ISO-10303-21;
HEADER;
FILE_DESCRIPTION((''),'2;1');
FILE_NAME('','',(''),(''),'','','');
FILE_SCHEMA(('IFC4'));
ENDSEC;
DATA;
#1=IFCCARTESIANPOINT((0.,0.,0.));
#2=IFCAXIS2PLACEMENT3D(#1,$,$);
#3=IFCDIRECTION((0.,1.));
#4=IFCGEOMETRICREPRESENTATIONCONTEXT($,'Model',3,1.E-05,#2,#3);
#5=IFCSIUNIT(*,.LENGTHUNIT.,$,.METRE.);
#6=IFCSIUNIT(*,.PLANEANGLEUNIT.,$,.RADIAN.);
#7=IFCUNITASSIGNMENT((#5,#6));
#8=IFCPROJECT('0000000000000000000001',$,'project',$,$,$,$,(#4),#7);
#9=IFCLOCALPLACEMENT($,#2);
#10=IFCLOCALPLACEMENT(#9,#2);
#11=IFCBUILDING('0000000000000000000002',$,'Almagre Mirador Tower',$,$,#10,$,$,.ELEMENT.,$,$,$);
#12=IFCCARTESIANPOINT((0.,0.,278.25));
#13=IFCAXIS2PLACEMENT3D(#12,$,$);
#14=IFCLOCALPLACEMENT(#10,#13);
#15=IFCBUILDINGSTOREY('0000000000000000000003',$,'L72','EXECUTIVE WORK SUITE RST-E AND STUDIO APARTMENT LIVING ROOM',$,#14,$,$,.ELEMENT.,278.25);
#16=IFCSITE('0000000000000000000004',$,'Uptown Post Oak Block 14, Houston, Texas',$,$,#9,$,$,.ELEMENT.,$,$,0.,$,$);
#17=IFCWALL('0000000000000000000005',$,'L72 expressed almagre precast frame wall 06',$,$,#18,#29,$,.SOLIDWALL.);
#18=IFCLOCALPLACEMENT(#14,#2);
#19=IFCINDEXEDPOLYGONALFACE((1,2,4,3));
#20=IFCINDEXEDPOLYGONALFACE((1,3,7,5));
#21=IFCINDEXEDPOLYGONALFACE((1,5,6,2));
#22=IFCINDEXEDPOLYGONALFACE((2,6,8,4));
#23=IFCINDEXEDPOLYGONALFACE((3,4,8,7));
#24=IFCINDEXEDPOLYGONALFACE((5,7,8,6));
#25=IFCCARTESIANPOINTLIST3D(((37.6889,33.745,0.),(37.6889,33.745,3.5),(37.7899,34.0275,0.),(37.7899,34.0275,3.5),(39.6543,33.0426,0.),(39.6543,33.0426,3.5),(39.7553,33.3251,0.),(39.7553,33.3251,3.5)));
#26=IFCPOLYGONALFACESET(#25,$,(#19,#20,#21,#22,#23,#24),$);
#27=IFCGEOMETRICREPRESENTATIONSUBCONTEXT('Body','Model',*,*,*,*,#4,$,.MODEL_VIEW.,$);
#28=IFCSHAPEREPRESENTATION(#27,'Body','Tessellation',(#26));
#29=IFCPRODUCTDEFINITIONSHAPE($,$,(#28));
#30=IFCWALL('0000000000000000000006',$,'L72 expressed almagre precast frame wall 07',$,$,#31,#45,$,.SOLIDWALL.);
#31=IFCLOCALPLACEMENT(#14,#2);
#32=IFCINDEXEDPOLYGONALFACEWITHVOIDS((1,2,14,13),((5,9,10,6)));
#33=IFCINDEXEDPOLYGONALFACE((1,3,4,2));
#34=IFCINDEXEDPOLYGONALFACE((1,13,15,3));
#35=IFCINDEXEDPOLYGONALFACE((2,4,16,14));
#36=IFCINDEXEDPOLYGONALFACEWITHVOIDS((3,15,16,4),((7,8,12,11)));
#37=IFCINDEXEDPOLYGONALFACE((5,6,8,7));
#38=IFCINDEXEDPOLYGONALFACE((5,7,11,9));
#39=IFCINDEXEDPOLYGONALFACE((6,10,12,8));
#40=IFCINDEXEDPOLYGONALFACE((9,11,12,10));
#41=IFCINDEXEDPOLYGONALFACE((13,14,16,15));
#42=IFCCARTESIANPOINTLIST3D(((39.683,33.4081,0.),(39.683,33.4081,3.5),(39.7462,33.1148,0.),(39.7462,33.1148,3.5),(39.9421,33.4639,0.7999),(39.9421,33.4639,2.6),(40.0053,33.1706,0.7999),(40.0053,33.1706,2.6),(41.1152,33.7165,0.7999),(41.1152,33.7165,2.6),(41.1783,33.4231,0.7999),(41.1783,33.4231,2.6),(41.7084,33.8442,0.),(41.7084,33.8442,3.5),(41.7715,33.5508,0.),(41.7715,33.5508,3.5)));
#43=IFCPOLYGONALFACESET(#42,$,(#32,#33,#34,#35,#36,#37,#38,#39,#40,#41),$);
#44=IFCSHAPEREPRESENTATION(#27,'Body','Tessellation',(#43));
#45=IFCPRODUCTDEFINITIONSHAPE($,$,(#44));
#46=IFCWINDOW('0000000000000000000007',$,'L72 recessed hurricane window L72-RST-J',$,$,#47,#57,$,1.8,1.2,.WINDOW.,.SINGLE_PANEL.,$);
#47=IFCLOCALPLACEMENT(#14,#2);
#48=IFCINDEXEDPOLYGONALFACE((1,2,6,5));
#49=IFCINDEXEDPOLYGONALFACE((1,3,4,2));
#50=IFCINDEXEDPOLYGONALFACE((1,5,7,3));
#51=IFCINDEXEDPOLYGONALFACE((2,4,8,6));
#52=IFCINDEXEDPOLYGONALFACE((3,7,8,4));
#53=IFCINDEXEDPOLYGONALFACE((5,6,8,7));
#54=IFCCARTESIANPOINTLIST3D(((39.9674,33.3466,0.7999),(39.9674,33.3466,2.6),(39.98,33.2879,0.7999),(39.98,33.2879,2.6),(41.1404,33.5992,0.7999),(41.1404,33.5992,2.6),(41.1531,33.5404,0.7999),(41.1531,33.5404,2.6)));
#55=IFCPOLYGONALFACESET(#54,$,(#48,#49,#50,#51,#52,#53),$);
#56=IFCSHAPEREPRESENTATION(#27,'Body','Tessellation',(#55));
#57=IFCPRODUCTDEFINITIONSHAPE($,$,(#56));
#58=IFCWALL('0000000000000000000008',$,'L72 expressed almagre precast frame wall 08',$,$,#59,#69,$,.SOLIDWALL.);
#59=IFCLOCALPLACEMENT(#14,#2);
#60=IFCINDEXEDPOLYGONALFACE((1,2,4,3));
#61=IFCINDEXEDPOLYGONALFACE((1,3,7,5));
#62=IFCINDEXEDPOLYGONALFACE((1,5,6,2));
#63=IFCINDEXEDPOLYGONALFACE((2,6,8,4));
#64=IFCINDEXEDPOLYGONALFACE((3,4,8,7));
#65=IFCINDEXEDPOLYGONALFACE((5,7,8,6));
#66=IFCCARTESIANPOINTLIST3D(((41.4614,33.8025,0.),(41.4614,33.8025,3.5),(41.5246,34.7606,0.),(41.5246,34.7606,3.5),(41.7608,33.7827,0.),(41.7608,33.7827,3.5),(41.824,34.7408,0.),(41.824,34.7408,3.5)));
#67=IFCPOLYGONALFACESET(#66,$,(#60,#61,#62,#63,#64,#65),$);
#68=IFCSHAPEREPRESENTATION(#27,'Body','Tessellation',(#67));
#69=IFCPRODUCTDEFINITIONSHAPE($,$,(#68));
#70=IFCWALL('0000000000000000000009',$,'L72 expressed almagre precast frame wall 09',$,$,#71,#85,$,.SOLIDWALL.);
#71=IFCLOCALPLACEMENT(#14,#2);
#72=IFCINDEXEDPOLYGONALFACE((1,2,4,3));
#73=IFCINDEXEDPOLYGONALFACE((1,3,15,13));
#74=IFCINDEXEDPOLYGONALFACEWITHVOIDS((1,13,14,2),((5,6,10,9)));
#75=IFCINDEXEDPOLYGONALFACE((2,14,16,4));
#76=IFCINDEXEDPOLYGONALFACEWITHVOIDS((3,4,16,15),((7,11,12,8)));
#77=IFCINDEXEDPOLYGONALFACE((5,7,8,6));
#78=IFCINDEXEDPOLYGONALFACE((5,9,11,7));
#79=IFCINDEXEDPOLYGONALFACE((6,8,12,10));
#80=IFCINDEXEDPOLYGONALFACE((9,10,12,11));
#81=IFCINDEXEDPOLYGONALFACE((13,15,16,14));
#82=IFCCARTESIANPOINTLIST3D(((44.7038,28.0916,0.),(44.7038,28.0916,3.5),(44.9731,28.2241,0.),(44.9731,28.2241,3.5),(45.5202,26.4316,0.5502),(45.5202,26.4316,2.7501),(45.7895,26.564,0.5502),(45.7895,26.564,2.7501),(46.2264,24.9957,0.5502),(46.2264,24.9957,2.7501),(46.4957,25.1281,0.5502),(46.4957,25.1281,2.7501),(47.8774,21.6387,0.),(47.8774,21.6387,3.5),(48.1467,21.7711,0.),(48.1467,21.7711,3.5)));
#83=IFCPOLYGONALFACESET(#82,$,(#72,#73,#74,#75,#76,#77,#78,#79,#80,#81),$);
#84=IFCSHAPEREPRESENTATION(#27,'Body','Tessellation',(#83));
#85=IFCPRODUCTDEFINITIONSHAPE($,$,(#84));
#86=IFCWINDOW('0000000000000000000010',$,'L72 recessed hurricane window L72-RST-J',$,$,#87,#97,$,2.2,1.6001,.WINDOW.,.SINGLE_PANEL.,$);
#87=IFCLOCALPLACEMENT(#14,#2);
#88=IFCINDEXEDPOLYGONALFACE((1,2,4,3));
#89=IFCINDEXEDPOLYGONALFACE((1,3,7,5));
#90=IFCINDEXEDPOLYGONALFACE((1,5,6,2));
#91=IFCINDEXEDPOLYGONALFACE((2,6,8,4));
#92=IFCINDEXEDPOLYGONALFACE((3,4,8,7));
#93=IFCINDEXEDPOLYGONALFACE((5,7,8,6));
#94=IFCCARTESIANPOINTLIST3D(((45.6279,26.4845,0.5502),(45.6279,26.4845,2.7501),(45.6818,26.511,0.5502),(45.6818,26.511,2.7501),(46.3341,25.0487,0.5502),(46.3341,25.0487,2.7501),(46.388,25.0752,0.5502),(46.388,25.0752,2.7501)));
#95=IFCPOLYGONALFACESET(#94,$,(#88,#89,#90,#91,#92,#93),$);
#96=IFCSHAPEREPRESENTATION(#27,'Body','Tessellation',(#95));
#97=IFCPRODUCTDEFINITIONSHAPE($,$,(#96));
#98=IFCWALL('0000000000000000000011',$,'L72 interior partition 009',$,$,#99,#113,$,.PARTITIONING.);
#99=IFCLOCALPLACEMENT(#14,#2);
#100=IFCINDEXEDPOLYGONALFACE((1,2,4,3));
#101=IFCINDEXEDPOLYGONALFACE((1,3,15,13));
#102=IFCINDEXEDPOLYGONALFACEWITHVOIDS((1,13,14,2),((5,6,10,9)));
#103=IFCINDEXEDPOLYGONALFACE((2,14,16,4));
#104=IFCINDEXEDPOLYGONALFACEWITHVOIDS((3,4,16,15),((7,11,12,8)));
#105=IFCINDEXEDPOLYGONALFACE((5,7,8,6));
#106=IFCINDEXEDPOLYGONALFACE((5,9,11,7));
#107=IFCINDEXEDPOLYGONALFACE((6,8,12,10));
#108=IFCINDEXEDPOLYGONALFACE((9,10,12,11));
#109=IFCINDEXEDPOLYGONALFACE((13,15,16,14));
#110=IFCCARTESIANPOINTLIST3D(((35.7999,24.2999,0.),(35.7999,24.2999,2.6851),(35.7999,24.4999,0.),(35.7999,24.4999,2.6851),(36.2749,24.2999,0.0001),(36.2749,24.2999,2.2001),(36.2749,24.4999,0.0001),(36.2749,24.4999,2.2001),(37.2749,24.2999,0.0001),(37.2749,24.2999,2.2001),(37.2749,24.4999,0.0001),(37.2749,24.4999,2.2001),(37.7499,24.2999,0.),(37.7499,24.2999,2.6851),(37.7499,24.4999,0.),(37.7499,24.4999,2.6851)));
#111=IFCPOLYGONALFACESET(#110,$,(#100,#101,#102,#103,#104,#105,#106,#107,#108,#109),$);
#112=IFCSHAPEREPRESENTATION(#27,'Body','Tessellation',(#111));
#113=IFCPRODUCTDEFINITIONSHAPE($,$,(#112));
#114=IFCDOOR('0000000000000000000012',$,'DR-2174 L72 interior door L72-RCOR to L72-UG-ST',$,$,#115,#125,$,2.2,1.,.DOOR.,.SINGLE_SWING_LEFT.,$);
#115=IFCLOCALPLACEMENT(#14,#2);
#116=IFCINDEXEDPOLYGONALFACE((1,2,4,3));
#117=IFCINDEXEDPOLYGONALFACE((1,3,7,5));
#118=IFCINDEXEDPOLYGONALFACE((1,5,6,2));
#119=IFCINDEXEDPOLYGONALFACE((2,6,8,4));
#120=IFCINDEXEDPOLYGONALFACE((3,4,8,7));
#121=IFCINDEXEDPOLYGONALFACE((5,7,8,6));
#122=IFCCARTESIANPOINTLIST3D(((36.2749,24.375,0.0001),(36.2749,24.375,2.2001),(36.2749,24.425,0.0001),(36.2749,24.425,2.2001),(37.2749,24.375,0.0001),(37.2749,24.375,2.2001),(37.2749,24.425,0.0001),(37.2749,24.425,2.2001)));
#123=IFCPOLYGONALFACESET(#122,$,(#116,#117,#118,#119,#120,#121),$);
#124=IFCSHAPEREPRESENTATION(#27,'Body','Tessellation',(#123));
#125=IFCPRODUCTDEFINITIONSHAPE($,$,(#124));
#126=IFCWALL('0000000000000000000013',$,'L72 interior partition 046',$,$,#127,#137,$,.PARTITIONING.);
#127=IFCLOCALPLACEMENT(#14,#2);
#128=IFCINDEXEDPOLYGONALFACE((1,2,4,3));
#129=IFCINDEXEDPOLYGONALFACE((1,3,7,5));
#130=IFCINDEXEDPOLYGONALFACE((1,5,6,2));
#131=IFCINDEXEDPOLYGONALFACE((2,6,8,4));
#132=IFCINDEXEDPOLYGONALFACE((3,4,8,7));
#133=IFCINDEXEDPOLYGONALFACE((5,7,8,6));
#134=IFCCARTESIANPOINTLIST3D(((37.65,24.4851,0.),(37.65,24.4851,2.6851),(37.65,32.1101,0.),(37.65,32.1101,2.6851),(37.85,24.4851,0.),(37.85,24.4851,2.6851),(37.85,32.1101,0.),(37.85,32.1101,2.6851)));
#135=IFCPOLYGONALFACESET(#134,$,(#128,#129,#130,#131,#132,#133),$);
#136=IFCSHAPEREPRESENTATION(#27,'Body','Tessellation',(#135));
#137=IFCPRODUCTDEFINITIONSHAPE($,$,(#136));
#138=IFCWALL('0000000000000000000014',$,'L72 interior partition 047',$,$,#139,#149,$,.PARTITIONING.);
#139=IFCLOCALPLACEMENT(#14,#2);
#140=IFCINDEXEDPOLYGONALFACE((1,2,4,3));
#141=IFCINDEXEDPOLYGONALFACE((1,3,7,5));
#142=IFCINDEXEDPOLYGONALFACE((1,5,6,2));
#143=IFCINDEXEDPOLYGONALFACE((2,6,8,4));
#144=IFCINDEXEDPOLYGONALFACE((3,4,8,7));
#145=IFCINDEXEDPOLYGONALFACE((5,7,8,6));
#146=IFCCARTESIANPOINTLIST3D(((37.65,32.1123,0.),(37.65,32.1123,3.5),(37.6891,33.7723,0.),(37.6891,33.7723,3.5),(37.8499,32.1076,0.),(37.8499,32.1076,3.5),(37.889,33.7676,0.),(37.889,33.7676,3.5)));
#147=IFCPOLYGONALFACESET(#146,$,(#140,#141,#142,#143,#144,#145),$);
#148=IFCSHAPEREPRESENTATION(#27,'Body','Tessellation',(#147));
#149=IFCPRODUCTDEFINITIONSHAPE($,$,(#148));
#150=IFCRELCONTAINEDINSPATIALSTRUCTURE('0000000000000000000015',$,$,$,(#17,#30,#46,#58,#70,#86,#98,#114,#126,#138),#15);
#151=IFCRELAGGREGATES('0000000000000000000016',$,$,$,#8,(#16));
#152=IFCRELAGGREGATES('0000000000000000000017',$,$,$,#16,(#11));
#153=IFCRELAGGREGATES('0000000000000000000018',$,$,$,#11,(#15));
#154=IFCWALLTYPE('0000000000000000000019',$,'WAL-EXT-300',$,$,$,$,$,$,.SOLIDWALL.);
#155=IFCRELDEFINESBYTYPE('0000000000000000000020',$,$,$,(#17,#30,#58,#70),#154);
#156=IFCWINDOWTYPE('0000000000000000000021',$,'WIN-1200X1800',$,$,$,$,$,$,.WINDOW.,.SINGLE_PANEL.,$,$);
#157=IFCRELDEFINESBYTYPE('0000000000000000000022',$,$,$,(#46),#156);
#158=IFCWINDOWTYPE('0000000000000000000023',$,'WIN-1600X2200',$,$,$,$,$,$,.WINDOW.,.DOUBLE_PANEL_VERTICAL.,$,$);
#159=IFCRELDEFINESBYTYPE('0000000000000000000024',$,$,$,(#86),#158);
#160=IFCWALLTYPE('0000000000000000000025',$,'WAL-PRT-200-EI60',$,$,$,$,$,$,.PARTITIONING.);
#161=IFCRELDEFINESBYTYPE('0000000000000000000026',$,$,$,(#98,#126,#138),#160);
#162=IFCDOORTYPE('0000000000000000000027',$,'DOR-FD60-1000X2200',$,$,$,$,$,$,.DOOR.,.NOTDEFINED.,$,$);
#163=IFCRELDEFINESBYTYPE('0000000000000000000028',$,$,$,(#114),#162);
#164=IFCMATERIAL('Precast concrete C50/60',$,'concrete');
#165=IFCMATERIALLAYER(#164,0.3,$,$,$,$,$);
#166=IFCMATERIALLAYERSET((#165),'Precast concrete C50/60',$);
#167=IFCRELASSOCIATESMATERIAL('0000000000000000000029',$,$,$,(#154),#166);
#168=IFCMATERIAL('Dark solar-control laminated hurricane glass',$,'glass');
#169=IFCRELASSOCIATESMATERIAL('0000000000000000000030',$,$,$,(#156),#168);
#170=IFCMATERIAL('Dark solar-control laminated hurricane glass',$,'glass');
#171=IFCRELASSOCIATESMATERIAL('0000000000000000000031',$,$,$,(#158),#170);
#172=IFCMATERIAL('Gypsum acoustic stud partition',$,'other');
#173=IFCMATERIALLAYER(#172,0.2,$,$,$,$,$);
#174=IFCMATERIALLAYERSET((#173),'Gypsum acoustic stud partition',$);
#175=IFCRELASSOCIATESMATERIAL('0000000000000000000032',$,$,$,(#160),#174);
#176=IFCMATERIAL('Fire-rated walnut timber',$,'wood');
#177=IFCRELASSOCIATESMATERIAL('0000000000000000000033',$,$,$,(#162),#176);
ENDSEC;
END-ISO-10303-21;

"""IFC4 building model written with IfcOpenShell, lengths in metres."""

from ifc_helpers import new_model, si_unit, direction, frame, frame_2d, origin, place, context, subcontext, project, spatial, rectangle, extrude, material, layer, layer_set, type_object, element, fill, save


model = new_model("IFC4")

# Units and contexts
model_context = context("Model", 3, precision=1e-05, world=origin(), true_north=direction((0.0, 1.0)))
body_context = subcontext(model_context, "Body", "Model", "MODEL_VIEW")
ifc_project = project(units=[si_unit("LENGTHUNIT", "METRE"), si_unit("PLANEANGLEUNIT", "RADIAN")], contexts=[model_context])

# Site, building, storey
site_placement = place(None, origin())
site = spatial("IfcSite", under=ifc_project, at=site_placement, Name="Uptown Post Oak Block 14, Houston, Texas", CompositionType="ELEMENT", RefElevation=0.0)
building_placement = place(site_placement, origin())
building = spatial("IfcBuilding", under=site, at=building_placement, Name="Almagre Mirador Tower", CompositionType="ELEMENT")
storey_placement = place(building_placement, frame((0.0, 0.0, 278.25)))
storey = spatial("IfcBuildingStorey", under=building, at=storey_placement, Name="L72", Description="EXECUTIVE WORK SUITE RST-E AND STUDIO APARTMENT LIVING ROOM", CompositionType="ELEMENT", Elevation=278.25)

# Wall
ifc_material_1 = material(Name="Precast concrete C50/60", Category="concrete")
ifc_layer_1 = layer(ifc_material_1, 0.3)
ifc_layer_set_1 = layer_set([ifc_layer_1], Name="Precast concrete C50/60")
wall_type_1 = type_object("IfcWallType", Name="WAL-EXT-300", PredefinedType="SOLIDWALL", material=ifc_layer_set_1)
wall_1_placement = place(storey_placement, frame((37.7395, 33.8862, 0.0), z_axis=(0.0, 0.0, 1.0), x_axis=(0.941668, -0.336544, 0.0)))
element("IfcWall", 1, at=wall_1_placement, inside=storey, type_object=wall_type_1, Name="L72 expressed almagre precast frame wall 06", PredefinedType="SOLIDWALL", context=body_context, shape_type="SweptSolid", body=[
    extrude(rectangle(XDim=2.0872, YDim=0.3, at=frame_2d((1.0435, 0.0))), origin(), (0.0, 0.0, 1.0), 3.5),
])

# Wall, opening, window
wall_2_placement = place(storey_placement, frame((39.7146, 33.2615, 0.0), z_axis=(0.0, 0.0, 1.0), x_axis=(0.977602, 0.210463, 0.0)))
wall_2 = element("IfcWall", 2, at=wall_2_placement, inside=storey, type_object=wall_type_1, Name="L72 expressed almagre precast frame wall 07", PredefinedType="SOLIDWALL", context=body_context, shape_type="SweptSolid", body=[
    extrude(rectangle(XDim=2.0718, YDim=0.3, at=frame_2d((1.0359, 0.0))), origin(), (0.0, 0.0, 1.0), 3.5),
])
opening_1_placement = place(wall_2_placement, frame((0.2649, 0.0, 0.8)))
opening_1 = element("IfcOpeningElement", 3, at=opening_1_placement, cuts=wall_2, PredefinedType="OPENING", context=body_context, shape_type="SweptSolid", body=[
    extrude(rectangle(XDim=1.2, YDim=1.8, at=frame_2d((0.6001, 0.8999))), frame((0.0, 0.1599, 0.0), z_axis=(0.0, -1.0, 0.0), x_axis=(1.0, 0.0, 0.0)), (0.0, 0.0, 1.0), 0.32),
])
ifc_material_2 = material(Name="Dark solar-control laminated hurricane glass", Category="glass")
window_type_1 = type_object("IfcWindowType", Name="WIN-1200X1800", PartitioningType="SINGLE_PANEL", PredefinedType="WINDOW", material=ifc_material_2)
window_1_placement = place(opening_1_placement, origin())
window_1 = element("IfcWindow", 4, at=window_1_placement, inside=storey, type_object=window_type_1, Name="L72 recessed hurricane window L72-RST-J", OverallHeight=1.8, OverallWidth=1.2, PartitioningType="SINGLE_PANEL", PredefinedType="WINDOW", context=body_context, shape_type="SweptSolid", body=[
    extrude(rectangle(XDim=1.2, YDim=1.8, at=frame_2d((0.6001, 0.8999))), frame((0.0, 0.03, 0.0), z_axis=(0.0, -1.0, 0.0), x_axis=(1.0, 0.0, 0.0)), (0.0, 0.0, 1.0), 0.0601),
])
fill(opening_1, window_1)

# Wall
wall_3_placement = place(storey_placement, frame((41.6111, 33.7927, 0.0), z_axis=(0.0, 0.0, 1.0), x_axis=(0.065861, 0.997829, 0.0)))
element("IfcWall", 5, at=wall_3_placement, inside=storey, type_object=wall_type_1, Name="L72 expressed almagre precast frame wall 08", PredefinedType="SOLIDWALL", context=body_context, shape_type="SweptSolid", body=[
    extrude(rectangle(XDim=0.9602, YDim=0.3, at=frame_2d((0.48, 0.0))), origin(), (0.0, 0.0, 1.0), 3.5),
])

# Wall, opening, window
wall_4_placement = place(storey_placement, frame((44.8384, 28.158, 0.0), z_axis=(0.0, 0.0, 1.0), x_axis=(0.441324, -0.897348, 0.0)))
wall_4 = element("IfcWall", 6, at=wall_4_placement, inside=storey, type_object=wall_type_1, Name="L72 expressed almagre precast frame wall 09", PredefinedType="SOLIDWALL", context=body_context, shape_type="SweptSolid", body=[
    extrude(rectangle(XDim=7.1912, YDim=0.3, at=frame_2d((3.5957, 0.0))), origin(), (0.0, 0.0, 1.0), 3.5),
])
opening_2_placement = place(wall_4_placement, frame((1.8501, 0.0, 0.55)))
opening_2 = element("IfcOpeningElement", 7, at=opening_2_placement, cuts=wall_4, PredefinedType="OPENING", context=body_context, shape_type="SweptSolid", body=[
    extrude(rectangle(XDim=1.6001, YDim=2.2, at=frame_2d((0.8, 1.1001))), frame((0.0, 0.1599, 0.0), z_axis=(0.0, -1.0, 0.0), x_axis=(1.0, 0.0, 0.0)), (0.0, 0.0, 1.0), 0.32),
])
ifc_material_3 = material(Name="Dark solar-control laminated hurricane glass", Category="glass")
window_type_2 = type_object("IfcWindowType", Name="WIN-1600X2200", PartitioningType="DOUBLE_PANEL_VERTICAL", PredefinedType="WINDOW", material=ifc_material_3)
window_2_placement = place(opening_2_placement, origin())
window_2 = element("IfcWindow", 8, at=window_2_placement, inside=storey, type_object=window_type_2, Name="L72 recessed hurricane window L72-RST-J", OverallHeight=2.2, OverallWidth=1.6001, PartitioningType="SINGLE_PANEL", PredefinedType="WINDOW", context=body_context, shape_type="SweptSolid", body=[
    extrude(rectangle(XDim=1.6001, YDim=2.2, at=frame_2d((0.8, 1.1001))), frame((0.0, 0.03, 0.0), z_axis=(0.0, -1.0, 0.0), x_axis=(1.0, 0.0, 0.0)), (0.0, 0.0, 1.0), 0.0601),
])
fill(opening_2, window_2)

# Wall, opening, door
ifc_material_4 = material(Name="Gypsum acoustic stud partition", Category="other")
ifc_layer_2 = layer(ifc_material_4, 0.2)
ifc_layer_set_2 = layer_set([ifc_layer_2], Name="Gypsum acoustic stud partition")
wall_type_2 = type_object("IfcWallType", Name="WAL-PRT-200-EI60", PredefinedType="PARTITIONING", material=ifc_layer_set_2)
wall_5_placement = place(storey_placement, frame((37.75, 24.3999, 0.0), z_axis=(0.0, 0.0, 1.0), x_axis=(-1.0, 0.0, 0.0)))
wall_5 = element("IfcWall", 9, at=wall_5_placement, inside=storey, type_object=wall_type_2, Name="L72 interior partition 009", PredefinedType="PARTITIONING", context=body_context, shape_type="SweptSolid", body=[
    extrude(rectangle(XDim=1.95, YDim=0.2, at=frame_2d((0.9751, 0.0))), origin(), (0.0, 0.0, 1.0), 2.6851),
])
opening_3_placement = place(wall_5_placement, frame((0.4751, 0.0, 0.0)))
opening_3 = element("IfcOpeningElement", 10, at=opening_3_placement, cuts=wall_5, PredefinedType="OPENING", context=body_context, shape_type="SweptSolid", body=[
    extrude(rectangle(XDim=1.0, YDim=2.2, at=frame_2d((0.5, 1.1001))), frame((0.0, 0.1101, 0.0), z_axis=(0.0, -1.0, 0.0), x_axis=(1.0, 0.0, 0.0)), (0.0, 0.0, 1.0), 0.22),
])
ifc_material_5 = material(Name="Fire-rated walnut timber", Category="wood")
door_type = type_object("IfcDoorType", Name="DOR-FD60-1000X2200", OperationType="NOTDEFINED", PredefinedType="DOOR", material=ifc_material_5)
door_placement = place(opening_3_placement, origin())
door = element("IfcDoor", 11, at=door_placement, inside=storey, type_object=door_type, Name="DR-2174 L72 interior door L72-RCOR to L72-UG-ST", OperationType="SINGLE_SWING_LEFT", OverallHeight=2.2, OverallWidth=1.0, PredefinedType="DOOR", context=body_context, shape_type="SweptSolid", body=[
    extrude(rectangle(XDim=1.0, YDim=2.2, at=frame_2d((0.5, 1.1001))), frame((0.0, 0.0249, 0.0), z_axis=(0.0, -1.0, 0.0), x_axis=(1.0, 0.0, 0.0)), (0.0, 0.0, 1.0), 0.05),
])
fill(opening_3, door)

# Walls
wall_6_placement = place(storey_placement, frame((37.75, 24.4851, 0.0), z_axis=(0.0, 0.0, 1.0), x_axis=(0.0, 1.0, 0.0)))
element("IfcWall", 12, at=wall_6_placement, inside=storey, type_object=wall_type_2, Name="L72 interior partition 046", PredefinedType="PARTITIONING", context=body_context, shape_type="SweptSolid", body=[
    extrude(rectangle(XDim=7.625, YDim=0.2, at=frame_2d((3.8125, 0.0))), origin(), (0.0, 0.0, 1.0), 2.6851),
])
wall_7_placement = place(storey_placement, frame((37.75, 32.1101, 0.0), z_axis=(0.0, 0.0, 1.0), x_axis=(0.023526, 0.999723, 0.0)))
element("IfcWall", 13, at=wall_7_placement, inside=storey, type_object=wall_type_2, Name="L72 interior partition 047", PredefinedType="PARTITIONING", context=body_context, shape_type="SweptSolid", body=[
    extrude(rectangle(XDim=1.6604, YDim=0.2, at=frame_2d((0.8301, 0.0))), origin(), (0.0, 0.0, 1.0), 3.5),
])

save(model, "model.ifc")
